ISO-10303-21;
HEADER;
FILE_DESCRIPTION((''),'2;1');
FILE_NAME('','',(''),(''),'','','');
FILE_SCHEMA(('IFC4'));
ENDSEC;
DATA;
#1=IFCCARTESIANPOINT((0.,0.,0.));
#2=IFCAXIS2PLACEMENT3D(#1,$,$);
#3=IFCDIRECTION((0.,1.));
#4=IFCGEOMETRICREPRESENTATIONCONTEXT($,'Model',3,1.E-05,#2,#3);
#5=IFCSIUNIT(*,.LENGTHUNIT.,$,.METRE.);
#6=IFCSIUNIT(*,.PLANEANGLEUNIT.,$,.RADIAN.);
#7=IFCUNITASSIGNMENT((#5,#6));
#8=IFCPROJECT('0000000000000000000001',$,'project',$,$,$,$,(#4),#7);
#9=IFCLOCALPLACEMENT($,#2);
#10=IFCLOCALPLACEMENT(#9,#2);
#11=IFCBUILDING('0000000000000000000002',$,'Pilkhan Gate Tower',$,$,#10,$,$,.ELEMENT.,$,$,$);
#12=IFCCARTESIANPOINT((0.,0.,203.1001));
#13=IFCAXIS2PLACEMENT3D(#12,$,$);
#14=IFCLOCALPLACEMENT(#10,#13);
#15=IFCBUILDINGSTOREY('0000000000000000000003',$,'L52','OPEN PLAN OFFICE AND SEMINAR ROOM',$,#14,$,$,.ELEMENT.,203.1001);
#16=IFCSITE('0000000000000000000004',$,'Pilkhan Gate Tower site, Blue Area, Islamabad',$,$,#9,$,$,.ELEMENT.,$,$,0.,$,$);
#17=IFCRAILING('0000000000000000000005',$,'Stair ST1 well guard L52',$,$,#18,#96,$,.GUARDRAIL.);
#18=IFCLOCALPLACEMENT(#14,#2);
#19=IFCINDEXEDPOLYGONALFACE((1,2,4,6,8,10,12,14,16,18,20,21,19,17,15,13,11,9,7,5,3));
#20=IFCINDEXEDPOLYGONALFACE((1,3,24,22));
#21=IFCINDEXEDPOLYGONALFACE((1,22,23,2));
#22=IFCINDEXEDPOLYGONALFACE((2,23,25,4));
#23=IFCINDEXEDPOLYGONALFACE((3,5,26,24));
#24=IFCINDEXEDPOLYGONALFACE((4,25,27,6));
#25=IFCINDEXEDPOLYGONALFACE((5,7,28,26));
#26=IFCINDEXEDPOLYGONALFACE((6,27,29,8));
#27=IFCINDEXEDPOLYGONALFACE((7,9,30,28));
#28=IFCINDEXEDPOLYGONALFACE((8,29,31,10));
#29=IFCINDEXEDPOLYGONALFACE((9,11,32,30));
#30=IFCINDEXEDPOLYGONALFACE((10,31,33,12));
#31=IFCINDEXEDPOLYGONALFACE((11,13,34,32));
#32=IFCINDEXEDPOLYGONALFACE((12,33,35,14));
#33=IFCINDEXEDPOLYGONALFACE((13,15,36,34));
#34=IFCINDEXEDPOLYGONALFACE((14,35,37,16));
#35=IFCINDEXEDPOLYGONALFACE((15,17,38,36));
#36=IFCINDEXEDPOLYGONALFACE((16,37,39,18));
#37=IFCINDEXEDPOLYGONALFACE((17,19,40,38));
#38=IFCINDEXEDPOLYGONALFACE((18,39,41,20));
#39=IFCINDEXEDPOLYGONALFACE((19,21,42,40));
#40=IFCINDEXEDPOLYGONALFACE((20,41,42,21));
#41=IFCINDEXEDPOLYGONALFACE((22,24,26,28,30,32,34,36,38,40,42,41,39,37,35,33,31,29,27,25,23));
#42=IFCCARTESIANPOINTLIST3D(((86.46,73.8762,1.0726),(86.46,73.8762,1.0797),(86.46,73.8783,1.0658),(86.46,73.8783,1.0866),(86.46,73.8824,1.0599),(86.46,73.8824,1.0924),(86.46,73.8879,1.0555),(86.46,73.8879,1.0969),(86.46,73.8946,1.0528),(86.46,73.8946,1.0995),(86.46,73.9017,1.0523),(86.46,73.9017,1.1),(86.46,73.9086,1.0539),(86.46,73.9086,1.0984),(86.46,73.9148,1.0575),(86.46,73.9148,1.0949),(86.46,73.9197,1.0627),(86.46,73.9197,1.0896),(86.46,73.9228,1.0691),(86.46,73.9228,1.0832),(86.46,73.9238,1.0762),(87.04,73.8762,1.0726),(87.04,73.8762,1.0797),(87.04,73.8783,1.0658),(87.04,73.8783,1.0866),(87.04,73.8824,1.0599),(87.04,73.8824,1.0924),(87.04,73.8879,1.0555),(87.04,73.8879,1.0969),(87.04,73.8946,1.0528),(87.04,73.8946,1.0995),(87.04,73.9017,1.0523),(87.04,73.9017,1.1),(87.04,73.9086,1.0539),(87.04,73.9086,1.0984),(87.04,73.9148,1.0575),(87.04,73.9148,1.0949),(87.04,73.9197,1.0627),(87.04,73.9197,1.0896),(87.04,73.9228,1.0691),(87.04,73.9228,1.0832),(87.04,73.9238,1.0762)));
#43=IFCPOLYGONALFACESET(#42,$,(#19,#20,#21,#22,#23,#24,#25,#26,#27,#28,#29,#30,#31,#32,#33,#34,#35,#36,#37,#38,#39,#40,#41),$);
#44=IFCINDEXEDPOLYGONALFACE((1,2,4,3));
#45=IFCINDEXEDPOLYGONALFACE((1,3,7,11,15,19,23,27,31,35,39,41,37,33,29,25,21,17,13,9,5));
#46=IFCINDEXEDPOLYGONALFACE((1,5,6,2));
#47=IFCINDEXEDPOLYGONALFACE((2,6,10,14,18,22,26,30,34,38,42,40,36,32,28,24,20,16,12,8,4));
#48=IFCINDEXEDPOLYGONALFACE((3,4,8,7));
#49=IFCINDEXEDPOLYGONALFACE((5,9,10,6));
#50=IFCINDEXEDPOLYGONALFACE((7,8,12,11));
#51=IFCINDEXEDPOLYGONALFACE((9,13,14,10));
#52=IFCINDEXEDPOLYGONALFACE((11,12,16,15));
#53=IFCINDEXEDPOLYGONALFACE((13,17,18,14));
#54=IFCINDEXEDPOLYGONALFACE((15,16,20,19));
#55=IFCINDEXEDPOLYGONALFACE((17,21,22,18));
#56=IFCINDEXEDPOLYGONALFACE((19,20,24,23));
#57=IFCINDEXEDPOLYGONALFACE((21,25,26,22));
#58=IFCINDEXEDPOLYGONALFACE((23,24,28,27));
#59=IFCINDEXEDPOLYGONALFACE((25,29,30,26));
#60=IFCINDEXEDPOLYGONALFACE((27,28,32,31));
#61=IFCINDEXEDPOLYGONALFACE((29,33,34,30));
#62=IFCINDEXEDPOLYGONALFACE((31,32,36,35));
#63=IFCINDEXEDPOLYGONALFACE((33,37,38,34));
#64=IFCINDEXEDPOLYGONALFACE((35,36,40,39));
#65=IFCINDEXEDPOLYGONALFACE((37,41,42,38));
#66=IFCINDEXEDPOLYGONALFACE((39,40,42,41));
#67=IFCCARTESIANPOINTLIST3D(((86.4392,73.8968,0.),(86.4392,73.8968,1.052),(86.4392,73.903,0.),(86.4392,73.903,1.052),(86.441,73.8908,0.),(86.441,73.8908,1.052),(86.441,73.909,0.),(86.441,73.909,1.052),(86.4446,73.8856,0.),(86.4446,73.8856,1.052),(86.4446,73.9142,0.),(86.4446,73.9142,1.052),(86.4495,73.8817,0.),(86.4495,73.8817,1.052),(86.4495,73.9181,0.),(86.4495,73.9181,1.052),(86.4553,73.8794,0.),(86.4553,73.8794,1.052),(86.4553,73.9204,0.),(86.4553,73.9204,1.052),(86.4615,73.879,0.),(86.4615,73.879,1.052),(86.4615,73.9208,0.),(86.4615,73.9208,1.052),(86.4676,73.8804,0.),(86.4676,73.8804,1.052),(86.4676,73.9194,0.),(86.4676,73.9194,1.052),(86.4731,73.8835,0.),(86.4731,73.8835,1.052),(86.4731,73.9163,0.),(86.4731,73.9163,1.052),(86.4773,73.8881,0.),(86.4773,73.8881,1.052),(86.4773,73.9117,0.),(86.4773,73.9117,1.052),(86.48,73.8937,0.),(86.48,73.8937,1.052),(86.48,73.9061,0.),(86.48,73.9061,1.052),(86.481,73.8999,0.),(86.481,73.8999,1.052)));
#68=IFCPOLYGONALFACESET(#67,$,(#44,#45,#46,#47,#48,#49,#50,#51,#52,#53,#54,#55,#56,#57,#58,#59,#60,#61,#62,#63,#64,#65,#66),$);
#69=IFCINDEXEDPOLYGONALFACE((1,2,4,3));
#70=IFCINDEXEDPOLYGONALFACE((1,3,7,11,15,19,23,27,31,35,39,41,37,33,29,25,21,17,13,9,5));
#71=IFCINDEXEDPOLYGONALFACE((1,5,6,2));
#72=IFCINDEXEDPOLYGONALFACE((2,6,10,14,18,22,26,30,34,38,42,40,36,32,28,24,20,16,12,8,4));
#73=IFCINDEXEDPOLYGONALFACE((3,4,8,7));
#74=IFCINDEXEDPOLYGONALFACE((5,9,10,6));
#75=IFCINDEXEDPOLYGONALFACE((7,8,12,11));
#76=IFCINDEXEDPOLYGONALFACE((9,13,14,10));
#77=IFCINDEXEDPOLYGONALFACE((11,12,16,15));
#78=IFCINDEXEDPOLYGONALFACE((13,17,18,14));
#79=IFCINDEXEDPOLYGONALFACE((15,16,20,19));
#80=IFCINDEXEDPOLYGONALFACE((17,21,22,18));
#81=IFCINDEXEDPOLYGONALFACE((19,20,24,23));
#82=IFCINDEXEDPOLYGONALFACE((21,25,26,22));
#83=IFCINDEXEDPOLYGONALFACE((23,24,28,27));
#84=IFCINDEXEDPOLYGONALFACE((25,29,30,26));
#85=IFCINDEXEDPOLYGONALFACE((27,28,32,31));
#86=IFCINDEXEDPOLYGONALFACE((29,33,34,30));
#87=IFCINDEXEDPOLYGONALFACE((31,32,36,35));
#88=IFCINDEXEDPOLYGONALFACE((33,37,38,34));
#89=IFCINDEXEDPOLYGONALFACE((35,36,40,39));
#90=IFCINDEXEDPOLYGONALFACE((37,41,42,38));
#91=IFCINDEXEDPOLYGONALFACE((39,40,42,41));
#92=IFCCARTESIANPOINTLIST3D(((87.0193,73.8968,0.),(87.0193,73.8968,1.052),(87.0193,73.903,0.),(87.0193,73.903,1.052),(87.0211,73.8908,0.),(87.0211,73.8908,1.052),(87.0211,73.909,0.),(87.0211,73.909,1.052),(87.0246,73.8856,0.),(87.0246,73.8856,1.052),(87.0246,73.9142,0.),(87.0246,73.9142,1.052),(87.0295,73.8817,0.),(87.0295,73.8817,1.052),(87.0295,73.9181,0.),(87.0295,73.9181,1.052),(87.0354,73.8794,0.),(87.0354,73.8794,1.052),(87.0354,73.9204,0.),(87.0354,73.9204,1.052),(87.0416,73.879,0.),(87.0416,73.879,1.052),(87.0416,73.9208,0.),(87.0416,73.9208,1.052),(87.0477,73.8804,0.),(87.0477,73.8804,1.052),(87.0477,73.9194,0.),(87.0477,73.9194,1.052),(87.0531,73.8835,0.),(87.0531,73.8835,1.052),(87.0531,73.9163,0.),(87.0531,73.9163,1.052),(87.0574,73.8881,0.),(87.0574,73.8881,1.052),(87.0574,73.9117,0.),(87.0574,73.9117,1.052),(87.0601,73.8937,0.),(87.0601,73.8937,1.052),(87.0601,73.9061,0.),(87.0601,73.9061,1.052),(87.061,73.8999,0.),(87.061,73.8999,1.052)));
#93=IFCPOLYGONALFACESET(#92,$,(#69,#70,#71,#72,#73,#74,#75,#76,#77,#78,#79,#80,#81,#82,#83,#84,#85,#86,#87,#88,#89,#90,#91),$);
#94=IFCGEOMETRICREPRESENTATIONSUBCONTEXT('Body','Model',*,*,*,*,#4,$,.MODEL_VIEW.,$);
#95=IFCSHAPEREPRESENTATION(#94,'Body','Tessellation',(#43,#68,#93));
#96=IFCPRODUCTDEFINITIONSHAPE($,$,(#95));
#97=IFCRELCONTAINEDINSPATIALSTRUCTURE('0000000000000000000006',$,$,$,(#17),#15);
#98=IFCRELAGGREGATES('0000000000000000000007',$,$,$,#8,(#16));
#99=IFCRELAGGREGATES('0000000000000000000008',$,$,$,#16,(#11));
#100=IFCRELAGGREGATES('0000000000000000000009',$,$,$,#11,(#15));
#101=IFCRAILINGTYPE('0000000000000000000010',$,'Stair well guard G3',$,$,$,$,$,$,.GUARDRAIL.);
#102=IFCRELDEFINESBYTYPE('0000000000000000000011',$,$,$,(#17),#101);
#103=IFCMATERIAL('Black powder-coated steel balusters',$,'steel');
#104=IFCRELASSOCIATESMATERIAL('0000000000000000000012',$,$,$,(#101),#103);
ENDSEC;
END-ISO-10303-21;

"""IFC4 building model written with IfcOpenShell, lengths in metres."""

from ifc_helpers import new_model, si_unit, direction, frame, origin, origin_2d, place, context, subcontext, project, spatial, circle, extrude, material, type_object, element, save


model = new_model("IFC4")

# Units and contexts
model_context = context("Model", 3, precision=1e-05, world=origin(), true_north=direction((0.0, 1.0)))
body_context = subcontext(model_context, "Body", "Model", "MODEL_VIEW")
ifc_project = project(units=[si_unit("LENGTHUNIT", "METRE"), si_unit("PLANEANGLEUNIT", "RADIAN")], contexts=[model_context])

# Site, building, storey
site_placement = place(None, origin())
site = spatial("IfcSite", under=ifc_project, at=site_placement, Name="Pilkhan Gate Tower site, Blue Area, Islamabad", CompositionType="ELEMENT", RefElevation=0.0)
building_placement = place(site_placement, origin())
building = spatial("IfcBuilding", under=site, at=building_placement, Name="Pilkhan Gate Tower", CompositionType="ELEMENT")
storey_placement = place(building_placement, frame((0.0, 0.0, 203.1001)))
storey = spatial("IfcBuildingStorey", under=building, at=storey_placement, Name="L52", Description="OPEN PLAN OFFICE AND SEMINAR ROOM", CompositionType="ELEMENT", Elevation=203.1001)

# Railing
ifc_material_1 = material(Name="Black powder-coated steel balusters", Category="steel")
railing_type_1 = type_object("IfcRailingType", Name="Stair well guard G3", PredefinedType="GUARDRAIL", material=ifc_material_1)
railing_1_placement = place(storey_placement, frame((86.46, 73.8999, 0.0)))
element("IfcRailing", 1, at=railing_1_placement, inside=storey, type_object=railing_type_1, Name="Stair ST1 well guard L52", PredefinedType="GUARDRAIL", context=body_context, shape_type="SweptSolid", body=[
    extrude(circle(Radius=0.0239, at=origin_2d()), frame((0.0, 0.0, 1.0762), z_axis=(1.0, 0.0, 0.0), x_axis=(0.0, 1.0, 0.0)), (0.0, 0.0, 1.0), 0.5801),
    extrude(circle(Radius=0.021, at=origin_2d()), origin(), (0.0, 0.0, 1.0), 1.052),
    extrude(circle(Radius=0.021, at=origin_2d()), frame((0.5801, 0.0, 0.0)), (0.0, 0.0, 1.0), 1.052),
])

save(model, "model.ifc")
